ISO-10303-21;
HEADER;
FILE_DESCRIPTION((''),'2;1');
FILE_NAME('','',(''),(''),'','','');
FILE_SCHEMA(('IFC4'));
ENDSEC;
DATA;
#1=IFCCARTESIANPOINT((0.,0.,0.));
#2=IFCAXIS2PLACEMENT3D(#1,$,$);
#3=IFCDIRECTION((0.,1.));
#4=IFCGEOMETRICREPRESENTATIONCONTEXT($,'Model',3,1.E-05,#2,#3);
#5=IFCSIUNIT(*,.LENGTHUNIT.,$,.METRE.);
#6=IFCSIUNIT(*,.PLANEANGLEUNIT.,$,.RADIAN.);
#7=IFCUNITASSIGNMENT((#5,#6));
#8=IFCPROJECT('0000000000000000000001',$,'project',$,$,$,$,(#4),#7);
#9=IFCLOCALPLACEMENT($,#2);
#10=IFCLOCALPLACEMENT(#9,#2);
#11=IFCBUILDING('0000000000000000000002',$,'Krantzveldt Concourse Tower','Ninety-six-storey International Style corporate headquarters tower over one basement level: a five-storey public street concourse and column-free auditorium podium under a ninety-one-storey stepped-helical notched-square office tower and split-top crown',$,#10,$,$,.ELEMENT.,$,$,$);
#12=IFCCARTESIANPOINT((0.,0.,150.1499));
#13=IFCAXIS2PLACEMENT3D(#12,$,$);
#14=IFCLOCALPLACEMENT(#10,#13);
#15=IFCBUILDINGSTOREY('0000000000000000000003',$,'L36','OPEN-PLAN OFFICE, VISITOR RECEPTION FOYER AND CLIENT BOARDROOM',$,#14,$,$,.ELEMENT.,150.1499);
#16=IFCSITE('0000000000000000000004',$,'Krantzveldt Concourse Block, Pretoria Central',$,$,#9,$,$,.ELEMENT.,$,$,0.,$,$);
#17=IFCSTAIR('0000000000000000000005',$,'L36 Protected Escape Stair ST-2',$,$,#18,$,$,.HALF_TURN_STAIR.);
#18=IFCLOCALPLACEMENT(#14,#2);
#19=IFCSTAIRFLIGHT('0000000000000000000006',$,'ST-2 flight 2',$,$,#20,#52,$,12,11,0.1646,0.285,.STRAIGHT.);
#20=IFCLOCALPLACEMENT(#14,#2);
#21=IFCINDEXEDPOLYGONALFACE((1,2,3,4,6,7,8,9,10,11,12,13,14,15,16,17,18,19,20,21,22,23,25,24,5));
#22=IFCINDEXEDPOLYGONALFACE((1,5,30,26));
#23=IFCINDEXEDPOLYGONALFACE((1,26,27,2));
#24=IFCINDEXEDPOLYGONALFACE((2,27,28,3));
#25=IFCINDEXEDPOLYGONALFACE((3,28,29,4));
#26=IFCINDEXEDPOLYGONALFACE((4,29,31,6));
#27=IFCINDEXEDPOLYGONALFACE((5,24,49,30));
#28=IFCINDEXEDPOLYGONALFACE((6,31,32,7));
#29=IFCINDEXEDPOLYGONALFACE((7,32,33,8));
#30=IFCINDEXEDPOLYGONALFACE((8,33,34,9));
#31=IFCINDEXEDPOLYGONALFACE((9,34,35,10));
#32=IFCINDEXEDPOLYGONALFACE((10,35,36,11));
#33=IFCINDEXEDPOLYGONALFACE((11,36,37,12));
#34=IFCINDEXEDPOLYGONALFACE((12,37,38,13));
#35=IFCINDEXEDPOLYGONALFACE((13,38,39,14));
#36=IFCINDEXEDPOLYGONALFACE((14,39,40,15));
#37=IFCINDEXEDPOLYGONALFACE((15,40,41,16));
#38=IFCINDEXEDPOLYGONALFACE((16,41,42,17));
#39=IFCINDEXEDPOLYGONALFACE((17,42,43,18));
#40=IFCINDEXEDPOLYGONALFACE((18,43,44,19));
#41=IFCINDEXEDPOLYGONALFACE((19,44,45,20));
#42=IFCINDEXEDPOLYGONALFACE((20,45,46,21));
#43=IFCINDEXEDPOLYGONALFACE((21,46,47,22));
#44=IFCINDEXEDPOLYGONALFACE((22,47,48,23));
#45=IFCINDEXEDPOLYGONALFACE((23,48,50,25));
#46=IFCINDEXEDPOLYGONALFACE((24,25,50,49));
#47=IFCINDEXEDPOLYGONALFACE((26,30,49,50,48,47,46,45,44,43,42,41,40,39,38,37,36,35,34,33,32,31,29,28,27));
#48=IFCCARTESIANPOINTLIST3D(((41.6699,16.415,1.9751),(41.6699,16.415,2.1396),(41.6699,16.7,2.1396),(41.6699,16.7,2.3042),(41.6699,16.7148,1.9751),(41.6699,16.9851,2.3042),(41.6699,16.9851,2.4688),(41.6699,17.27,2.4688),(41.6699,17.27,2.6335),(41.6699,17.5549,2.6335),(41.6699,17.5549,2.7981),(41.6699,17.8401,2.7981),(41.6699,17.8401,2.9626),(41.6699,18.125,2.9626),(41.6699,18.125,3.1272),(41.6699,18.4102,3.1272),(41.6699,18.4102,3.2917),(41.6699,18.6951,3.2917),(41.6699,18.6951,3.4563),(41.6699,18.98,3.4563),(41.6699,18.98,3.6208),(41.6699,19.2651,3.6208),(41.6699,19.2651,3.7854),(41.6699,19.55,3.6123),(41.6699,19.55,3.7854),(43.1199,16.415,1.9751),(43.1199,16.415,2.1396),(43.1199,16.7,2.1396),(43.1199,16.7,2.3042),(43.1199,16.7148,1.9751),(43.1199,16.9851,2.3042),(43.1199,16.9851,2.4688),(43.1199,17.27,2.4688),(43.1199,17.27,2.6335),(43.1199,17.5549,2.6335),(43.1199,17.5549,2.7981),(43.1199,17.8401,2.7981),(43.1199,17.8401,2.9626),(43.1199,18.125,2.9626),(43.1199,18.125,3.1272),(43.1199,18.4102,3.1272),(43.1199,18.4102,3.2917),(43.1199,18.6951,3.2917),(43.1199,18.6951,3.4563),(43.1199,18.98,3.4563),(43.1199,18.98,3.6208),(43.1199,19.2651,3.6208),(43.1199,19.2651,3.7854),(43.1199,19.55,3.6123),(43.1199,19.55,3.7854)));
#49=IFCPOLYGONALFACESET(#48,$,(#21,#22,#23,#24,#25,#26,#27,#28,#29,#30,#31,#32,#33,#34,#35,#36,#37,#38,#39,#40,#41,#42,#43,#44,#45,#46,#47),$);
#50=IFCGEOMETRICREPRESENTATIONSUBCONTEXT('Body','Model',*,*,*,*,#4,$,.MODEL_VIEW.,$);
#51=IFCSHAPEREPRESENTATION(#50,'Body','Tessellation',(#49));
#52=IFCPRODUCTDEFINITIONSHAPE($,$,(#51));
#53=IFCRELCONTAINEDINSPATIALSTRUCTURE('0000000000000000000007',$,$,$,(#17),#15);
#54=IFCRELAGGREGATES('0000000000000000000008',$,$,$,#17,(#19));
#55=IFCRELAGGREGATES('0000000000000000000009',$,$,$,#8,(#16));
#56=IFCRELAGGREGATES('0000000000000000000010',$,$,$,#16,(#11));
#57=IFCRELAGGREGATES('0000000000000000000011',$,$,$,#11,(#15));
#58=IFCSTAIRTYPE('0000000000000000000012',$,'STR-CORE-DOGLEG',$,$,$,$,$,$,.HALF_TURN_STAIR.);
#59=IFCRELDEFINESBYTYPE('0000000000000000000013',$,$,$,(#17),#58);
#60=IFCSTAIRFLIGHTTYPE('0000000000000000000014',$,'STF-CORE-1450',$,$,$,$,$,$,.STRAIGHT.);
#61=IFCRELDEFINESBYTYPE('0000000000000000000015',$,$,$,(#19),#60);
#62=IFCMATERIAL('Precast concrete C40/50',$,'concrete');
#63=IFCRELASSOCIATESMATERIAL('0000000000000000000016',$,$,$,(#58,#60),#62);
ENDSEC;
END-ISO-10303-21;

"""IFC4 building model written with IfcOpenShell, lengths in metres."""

from ifc_helpers import new_model, si_unit, direction, frame, origin, place, context, subcontext, project, spatial, polyline, outline, extrude, material, type_object, element, aggregate, save


model = new_model("IFC4")

# Units and contexts
model_context = context("Model", 3, precision=1e-05, world=origin(), true_north=direction((0.0, 1.0)))
body_context = subcontext(model_context, "Body", "Model", "MODEL_VIEW")
ifc_project = project(units=[si_unit("LENGTHUNIT", "METRE"), si_unit("PLANEANGLEUNIT", "RADIAN")], contexts=[model_context])

# Site, building, storey
site_placement = place(None, origin())
site = spatial("IfcSite", under=ifc_project, at=site_placement, Name="Krantzveldt Concourse Block, Pretoria Central", CompositionType="ELEMENT", RefElevation=0.0)
building_placement = place(site_placement, origin())
building = spatial("IfcBuilding", under=site, at=building_placement, Name="Krantzveldt Concourse Tower", Description="Ninety-six-storey International Style corporate headquarters tower over one basement level: a five-storey public street concourse and column-free auditorium podium under a ninety-one-storey stepped-helical notched-square office tower and split-top crown", CompositionType="ELEMENT")
storey_placement = place(building_placement, frame((0.0, 0.0, 150.1499)))
storey = spatial("IfcBuildingStorey", under=building, at=storey_placement, Name="L36", Description="OPEN-PLAN OFFICE, VISITOR RECEPTION FOYER AND CLIENT BOARDROOM", CompositionType="ELEMENT", Elevation=150.1499)

# Stair, stair flight
ifc_material_1 = material(Name="Precast concrete C40/50", Category="concrete")
stair_type = type_object("IfcStairType", Name="STR-CORE-DOGLEG", PredefinedType="HALF_TURN_STAIR", material=ifc_material_1)
stair_placement = place(storey_placement, origin())
stair = element("IfcStair", 1, at=stair_placement, inside=storey, type_object=stair_type, Name="L36 Protected Escape Stair ST-2", PredefinedType="HALF_TURN_STAIR")
stair_flight_type = type_object("IfcStairFlightType", Name="STF-CORE-1450", PredefinedType="STRAIGHT", material=ifc_material_1)
stair_flight_1_placement = place(storey_placement, frame((42.395, 16.415, 1.9751), z_axis=(0.0, 0.0, 1.0), x_axis=(0.0, 1.0, 0.0)))
stair_flight_1 = element("IfcStairFlight", 2, at=stair_flight_1_placement, type_object=stair_flight_type, Name="ST-2 flight 2", NumberOfRisers=12, NumberOfTreads=11, PredefinedType="STRAIGHT", RiserHeight=0.1646, TreadLength=0.285, context=body_context, shape_type="SweptSolid", body=[
    extrude(outline(polyline([(0.0, 0.0), (0.0, 0.1646), (0.2849, 0.1646), (0.2849, 0.3291), (0.5701, 0.3291), (0.5701, 0.4937), (0.855, 0.4937), (0.855, 0.6584), (1.1399, 0.6584), (1.1399, 0.823), (1.425, 0.823), (1.425, 0.9875), (1.71, 0.9875), (1.71, 1.1521), (1.9951, 1.1521), (1.9951, 1.3167), (2.28, 1.3167), (2.28, 1.4812), (2.5649, 1.4812), (2.5649, 1.6458), (2.8501, 1.6458), (2.8501, 1.8103), (3.135, 1.8103), (3.135, 1.9751), (3.135, 1.6372), (0.2998, 0.0), (0.0, 0.0)])), frame((0.0, 0.7251, 0.0), z_axis=(0.0, -1.0, 0.0), x_axis=(1.0, 0.0, 0.0)), (0.0, 0.0, 1.0), 1.45),
])
aggregate(stair, [stair_flight_1])

save(model, "model.ifc")
